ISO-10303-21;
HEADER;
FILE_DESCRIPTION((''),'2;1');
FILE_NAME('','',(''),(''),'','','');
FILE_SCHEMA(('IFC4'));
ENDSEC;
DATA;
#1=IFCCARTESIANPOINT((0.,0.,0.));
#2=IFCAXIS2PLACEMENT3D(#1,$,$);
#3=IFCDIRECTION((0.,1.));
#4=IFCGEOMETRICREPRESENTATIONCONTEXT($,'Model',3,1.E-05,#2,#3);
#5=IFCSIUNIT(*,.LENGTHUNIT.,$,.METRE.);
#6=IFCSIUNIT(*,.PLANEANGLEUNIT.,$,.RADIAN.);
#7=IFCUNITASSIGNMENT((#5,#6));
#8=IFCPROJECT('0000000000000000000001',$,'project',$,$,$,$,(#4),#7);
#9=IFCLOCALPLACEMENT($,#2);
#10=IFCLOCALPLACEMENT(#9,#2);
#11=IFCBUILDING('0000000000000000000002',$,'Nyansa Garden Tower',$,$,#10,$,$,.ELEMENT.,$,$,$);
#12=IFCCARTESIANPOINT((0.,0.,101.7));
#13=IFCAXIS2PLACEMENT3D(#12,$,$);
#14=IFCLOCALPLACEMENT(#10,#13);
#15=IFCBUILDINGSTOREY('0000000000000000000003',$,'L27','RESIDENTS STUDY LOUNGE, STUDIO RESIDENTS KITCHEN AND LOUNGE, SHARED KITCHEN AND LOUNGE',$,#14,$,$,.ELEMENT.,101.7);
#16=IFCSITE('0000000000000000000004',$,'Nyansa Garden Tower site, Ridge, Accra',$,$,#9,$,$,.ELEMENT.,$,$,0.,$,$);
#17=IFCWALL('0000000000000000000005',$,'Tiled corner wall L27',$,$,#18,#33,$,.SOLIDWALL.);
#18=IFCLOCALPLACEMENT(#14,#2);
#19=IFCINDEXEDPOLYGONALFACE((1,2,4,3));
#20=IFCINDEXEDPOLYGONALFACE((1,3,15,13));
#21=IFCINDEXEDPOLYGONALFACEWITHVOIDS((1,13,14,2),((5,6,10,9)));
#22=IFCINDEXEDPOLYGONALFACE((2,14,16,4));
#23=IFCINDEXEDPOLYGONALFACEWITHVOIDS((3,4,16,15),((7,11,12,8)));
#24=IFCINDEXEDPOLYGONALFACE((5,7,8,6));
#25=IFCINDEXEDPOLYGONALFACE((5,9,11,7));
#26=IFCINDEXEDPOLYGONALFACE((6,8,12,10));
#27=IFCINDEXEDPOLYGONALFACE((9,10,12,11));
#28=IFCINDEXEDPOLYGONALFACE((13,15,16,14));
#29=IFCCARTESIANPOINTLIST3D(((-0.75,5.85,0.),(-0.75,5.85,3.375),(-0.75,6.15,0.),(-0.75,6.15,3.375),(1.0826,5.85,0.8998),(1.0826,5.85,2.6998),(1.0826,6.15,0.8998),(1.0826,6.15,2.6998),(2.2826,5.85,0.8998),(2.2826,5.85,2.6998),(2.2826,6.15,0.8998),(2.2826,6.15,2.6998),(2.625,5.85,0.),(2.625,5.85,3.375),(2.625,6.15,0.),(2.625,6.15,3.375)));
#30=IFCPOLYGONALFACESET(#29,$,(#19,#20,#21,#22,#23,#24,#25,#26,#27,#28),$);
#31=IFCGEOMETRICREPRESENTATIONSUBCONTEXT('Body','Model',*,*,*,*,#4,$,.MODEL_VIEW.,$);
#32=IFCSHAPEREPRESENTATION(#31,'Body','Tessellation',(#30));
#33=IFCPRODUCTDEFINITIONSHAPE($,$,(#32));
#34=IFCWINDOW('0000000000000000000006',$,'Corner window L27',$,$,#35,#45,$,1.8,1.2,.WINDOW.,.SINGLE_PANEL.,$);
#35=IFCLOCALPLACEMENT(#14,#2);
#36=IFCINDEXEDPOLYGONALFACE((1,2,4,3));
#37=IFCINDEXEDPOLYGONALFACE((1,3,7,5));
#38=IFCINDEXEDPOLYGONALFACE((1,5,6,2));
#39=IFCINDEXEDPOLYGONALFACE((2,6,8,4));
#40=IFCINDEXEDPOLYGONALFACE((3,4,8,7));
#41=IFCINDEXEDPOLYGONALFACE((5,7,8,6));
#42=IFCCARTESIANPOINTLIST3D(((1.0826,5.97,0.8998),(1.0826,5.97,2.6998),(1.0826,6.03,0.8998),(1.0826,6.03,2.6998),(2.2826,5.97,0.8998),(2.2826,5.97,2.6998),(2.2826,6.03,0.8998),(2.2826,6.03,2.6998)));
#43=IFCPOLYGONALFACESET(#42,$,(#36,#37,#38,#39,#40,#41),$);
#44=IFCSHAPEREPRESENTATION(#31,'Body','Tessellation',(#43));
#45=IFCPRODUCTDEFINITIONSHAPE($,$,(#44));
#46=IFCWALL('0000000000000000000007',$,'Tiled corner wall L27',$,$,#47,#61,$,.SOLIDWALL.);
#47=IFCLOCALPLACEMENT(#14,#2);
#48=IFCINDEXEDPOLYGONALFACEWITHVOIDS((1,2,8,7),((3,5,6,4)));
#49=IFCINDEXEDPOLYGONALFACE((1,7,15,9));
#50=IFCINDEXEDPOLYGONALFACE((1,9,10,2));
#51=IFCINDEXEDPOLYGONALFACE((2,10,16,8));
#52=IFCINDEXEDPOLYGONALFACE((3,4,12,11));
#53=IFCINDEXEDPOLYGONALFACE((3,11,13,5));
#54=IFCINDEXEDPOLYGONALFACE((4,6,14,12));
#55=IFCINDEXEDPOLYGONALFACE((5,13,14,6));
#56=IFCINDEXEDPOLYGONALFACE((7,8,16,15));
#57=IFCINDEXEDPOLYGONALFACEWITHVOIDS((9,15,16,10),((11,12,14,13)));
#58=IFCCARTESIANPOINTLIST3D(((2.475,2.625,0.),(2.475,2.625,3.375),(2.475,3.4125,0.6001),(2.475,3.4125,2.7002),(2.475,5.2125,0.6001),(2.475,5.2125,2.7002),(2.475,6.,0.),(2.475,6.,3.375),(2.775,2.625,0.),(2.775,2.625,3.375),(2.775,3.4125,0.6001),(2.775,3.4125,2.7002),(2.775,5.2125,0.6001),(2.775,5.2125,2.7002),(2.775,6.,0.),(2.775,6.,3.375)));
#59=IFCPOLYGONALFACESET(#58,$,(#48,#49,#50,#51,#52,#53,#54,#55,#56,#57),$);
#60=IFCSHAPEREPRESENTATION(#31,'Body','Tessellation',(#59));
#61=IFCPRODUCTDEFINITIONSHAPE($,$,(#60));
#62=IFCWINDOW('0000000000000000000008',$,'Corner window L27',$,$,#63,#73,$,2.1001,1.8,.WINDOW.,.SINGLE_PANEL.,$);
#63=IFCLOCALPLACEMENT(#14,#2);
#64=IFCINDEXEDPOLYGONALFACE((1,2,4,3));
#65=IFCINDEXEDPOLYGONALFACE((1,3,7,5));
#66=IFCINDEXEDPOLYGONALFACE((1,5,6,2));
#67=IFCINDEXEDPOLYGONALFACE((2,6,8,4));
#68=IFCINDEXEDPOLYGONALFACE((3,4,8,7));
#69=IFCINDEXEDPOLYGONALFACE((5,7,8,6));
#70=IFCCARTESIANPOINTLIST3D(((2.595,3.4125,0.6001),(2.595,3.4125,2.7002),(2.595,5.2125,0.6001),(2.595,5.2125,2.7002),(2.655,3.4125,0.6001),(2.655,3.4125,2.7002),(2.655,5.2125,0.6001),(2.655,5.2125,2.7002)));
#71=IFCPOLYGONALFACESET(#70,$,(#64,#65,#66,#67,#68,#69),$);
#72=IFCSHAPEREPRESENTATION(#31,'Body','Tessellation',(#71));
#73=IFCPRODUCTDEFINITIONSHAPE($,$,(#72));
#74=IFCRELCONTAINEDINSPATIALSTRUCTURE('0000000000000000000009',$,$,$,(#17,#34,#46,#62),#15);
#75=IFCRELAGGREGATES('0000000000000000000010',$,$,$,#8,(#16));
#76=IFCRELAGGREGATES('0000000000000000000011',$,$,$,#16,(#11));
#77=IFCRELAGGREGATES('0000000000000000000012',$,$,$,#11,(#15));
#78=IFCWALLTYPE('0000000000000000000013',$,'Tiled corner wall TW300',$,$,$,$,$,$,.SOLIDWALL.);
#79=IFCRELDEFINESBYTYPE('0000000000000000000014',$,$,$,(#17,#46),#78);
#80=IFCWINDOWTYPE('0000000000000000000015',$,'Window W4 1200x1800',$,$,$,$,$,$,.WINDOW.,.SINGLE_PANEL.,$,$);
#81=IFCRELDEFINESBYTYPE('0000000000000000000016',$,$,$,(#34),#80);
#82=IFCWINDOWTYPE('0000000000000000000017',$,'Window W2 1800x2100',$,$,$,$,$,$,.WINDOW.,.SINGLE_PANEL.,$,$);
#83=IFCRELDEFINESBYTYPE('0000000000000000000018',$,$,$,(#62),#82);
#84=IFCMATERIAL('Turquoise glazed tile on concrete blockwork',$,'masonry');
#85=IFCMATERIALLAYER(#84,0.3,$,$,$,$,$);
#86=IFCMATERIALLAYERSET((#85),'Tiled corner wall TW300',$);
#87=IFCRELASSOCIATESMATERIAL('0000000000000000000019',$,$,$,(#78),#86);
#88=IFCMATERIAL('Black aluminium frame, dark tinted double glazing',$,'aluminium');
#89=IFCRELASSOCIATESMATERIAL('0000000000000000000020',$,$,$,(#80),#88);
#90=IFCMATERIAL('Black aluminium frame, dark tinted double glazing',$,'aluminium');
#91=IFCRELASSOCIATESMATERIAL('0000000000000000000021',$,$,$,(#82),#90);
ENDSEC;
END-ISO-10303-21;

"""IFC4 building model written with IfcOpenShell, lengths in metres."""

from ifc_helpers import new_model, si_unit, direction, frame, frame_2d, origin, place, context, subcontext, project, spatial, rectangle, extrude, material, layer, layer_set, type_object, element, fill, save


model = new_model("IFC4")

# Units and contexts
model_context = context("Model", 3, precision=1e-05, world=origin(), true_north=direction((0.0, 1.0)))
body_context = subcontext(model_context, "Body", "Model", "MODEL_VIEW")
ifc_project = project(units=[si_unit("LENGTHUNIT", "METRE"), si_unit("PLANEANGLEUNIT", "RADIAN")], contexts=[model_context])

# Site, building, storey
site_placement = place(None, origin())
site = spatial("IfcSite", under=ifc_project, at=site_placement, Name="Nyansa Garden Tower site, Ridge, Accra", CompositionType="ELEMENT", RefElevation=0.0)
building_placement = place(site_placement, origin())
building = spatial("IfcBuilding", under=site, at=building_placement, Name="Nyansa Garden Tower", CompositionType="ELEMENT")
storey_placement = place(building_placement, frame((0.0, 0.0, 101.7)))
storey = spatial("IfcBuildingStorey", under=building, at=storey_placement, Name="L27", Description="RESIDENTS STUDY LOUNGE, STUDIO RESIDENTS KITCHEN AND LOUNGE, SHARED KITCHEN AND LOUNGE", CompositionType="ELEMENT", Elevation=101.7)

# Walls, openings, windows
ifc_material_1 = material(Name="Turquoise glazed tile on concrete blockwork", Category="masonry")
ifc_layer_1 = layer(ifc_material_1, 0.3)
ifc_layer_set_1 = layer_set([ifc_layer_1], Name="Tiled corner wall TW300")
wall_type_1 = type_object("IfcWallType", Name="Tiled corner wall TW300", PredefinedType="SOLIDWALL", material=ifc_layer_set_1)
wall_1_placement = place(storey_placement, frame((-0.75, 6.0, 0.0), z_axis=(0.0, 0.0, 1.0), x_axis=(1.0, 0.0, 0.0)))
wall_1 = element("IfcWall", 1, at=wall_1_placement, inside=storey, type_object=wall_type_1, Name="Tiled corner wall L27", PredefinedType="SOLIDWALL", context=body_context, shape_type="SweptSolid", body=[
    extrude(rectangle(XDim=3.375, YDim=0.3, at=frame_2d((1.6875, 0.0))), origin(), (0.0, 0.0, 1.0), 3.375),
])
opening_1_placement = place(wall_1_placement, frame((1.8325, 0.0, 0.8999)))
opening_1 = element("IfcOpeningElement", 2, at=opening_1_placement, cuts=wall_1, PredefinedType="OPENING", context=body_context, shape_type="SweptSolid", body=[
    extrude(rectangle(XDim=1.2, YDim=1.8, at=frame_2d((0.6001, 0.8999))), frame((0.0, 0.1599, 0.0), z_axis=(0.0, -1.0, 0.0), x_axis=(1.0, 0.0, 0.0)), (0.0, 0.0, 1.0), 0.3201),
])
ifc_material_2 = material(Name="Black aluminium frame, dark tinted double glazing", Category="aluminium")
window_type_1 = type_object("IfcWindowType", Name="Window W4 1200x1800", PartitioningType="SINGLE_PANEL", PredefinedType="WINDOW", material=ifc_material_2)
window_1_placement = place(opening_1_placement, origin())
window_1 = element("IfcWindow", 3, at=window_1_placement, inside=storey, type_object=window_type_1, Name="Corner window L27", OverallHeight=1.8, OverallWidth=1.2, PartitioningType="SINGLE_PANEL", PredefinedType="WINDOW", context=body_context, shape_type="SweptSolid", body=[
    extrude(rectangle(XDim=1.2, YDim=1.8, at=frame_2d((0.6001, 0.8999))), frame((0.0, 0.03, 0.0), z_axis=(0.0, -1.0, 0.0), x_axis=(1.0, 0.0, 0.0)), (0.0, 0.0, 1.0), 0.0601),
])
fill(opening_1, window_1)
wall_2_placement = place(storey_placement, frame((2.625, 6.0, 0.0), z_axis=(0.0, 0.0, 1.0), x_axis=(0.0, -1.0, 0.0)))
wall_2 = element("IfcWall", 4, at=wall_2_placement, inside=storey, type_object=wall_type_1, Name="Tiled corner wall L27", PredefinedType="SOLIDWALL", context=body_context, shape_type="SweptSolid", body=[
    extrude(rectangle(XDim=3.375, YDim=0.3, at=frame_2d((1.6875, 0.0))), origin(), (0.0, 0.0, 1.0), 3.375),
])
opening_2_placement = place(wall_2_placement, frame((0.7876, 0.0, 0.6001)))
opening_2 = element("IfcOpeningElement", 5, at=opening_2_placement, cuts=wall_2, PredefinedType="OPENING", context=body_context, shape_type="SweptSolid", body=[
    extrude(rectangle(XDim=1.8, YDim=2.1001, at=frame_2d((0.8999, 1.05))), frame((0.0, 0.1599, 0.0), z_axis=(0.0, -1.0, 0.0), x_axis=(1.0, 0.0, 0.0)), (0.0, 0.0, 1.0), 0.3201),
])
ifc_material_3 = material(Name="Black aluminium frame, dark tinted double glazing", Category="aluminium")
window_type_2 = type_object("IfcWindowType", Name="Window W2 1800x2100", PartitioningType="SINGLE_PANEL", PredefinedType="WINDOW", material=ifc_material_3)
window_2_placement = place(opening_2_placement, origin())
window_2 = element("IfcWindow", 6, at=window_2_placement, inside=storey, type_object=window_type_2, Name="Corner window L27", OverallHeight=2.1001, OverallWidth=1.8, PartitioningType="SINGLE_PANEL", PredefinedType="WINDOW", context=body_context, shape_type="SweptSolid", body=[
    extrude(rectangle(XDim=1.8, YDim=2.1001, at=frame_2d((0.8999, 1.05))), frame((0.0, 0.03, 0.0), z_axis=(0.0, -1.0, 0.0), x_axis=(1.0, 0.0, 0.0)), (0.0, 0.0, 1.0), 0.0601),
])
fill(opening_2, window_2)

save(model, "model.ifc")
